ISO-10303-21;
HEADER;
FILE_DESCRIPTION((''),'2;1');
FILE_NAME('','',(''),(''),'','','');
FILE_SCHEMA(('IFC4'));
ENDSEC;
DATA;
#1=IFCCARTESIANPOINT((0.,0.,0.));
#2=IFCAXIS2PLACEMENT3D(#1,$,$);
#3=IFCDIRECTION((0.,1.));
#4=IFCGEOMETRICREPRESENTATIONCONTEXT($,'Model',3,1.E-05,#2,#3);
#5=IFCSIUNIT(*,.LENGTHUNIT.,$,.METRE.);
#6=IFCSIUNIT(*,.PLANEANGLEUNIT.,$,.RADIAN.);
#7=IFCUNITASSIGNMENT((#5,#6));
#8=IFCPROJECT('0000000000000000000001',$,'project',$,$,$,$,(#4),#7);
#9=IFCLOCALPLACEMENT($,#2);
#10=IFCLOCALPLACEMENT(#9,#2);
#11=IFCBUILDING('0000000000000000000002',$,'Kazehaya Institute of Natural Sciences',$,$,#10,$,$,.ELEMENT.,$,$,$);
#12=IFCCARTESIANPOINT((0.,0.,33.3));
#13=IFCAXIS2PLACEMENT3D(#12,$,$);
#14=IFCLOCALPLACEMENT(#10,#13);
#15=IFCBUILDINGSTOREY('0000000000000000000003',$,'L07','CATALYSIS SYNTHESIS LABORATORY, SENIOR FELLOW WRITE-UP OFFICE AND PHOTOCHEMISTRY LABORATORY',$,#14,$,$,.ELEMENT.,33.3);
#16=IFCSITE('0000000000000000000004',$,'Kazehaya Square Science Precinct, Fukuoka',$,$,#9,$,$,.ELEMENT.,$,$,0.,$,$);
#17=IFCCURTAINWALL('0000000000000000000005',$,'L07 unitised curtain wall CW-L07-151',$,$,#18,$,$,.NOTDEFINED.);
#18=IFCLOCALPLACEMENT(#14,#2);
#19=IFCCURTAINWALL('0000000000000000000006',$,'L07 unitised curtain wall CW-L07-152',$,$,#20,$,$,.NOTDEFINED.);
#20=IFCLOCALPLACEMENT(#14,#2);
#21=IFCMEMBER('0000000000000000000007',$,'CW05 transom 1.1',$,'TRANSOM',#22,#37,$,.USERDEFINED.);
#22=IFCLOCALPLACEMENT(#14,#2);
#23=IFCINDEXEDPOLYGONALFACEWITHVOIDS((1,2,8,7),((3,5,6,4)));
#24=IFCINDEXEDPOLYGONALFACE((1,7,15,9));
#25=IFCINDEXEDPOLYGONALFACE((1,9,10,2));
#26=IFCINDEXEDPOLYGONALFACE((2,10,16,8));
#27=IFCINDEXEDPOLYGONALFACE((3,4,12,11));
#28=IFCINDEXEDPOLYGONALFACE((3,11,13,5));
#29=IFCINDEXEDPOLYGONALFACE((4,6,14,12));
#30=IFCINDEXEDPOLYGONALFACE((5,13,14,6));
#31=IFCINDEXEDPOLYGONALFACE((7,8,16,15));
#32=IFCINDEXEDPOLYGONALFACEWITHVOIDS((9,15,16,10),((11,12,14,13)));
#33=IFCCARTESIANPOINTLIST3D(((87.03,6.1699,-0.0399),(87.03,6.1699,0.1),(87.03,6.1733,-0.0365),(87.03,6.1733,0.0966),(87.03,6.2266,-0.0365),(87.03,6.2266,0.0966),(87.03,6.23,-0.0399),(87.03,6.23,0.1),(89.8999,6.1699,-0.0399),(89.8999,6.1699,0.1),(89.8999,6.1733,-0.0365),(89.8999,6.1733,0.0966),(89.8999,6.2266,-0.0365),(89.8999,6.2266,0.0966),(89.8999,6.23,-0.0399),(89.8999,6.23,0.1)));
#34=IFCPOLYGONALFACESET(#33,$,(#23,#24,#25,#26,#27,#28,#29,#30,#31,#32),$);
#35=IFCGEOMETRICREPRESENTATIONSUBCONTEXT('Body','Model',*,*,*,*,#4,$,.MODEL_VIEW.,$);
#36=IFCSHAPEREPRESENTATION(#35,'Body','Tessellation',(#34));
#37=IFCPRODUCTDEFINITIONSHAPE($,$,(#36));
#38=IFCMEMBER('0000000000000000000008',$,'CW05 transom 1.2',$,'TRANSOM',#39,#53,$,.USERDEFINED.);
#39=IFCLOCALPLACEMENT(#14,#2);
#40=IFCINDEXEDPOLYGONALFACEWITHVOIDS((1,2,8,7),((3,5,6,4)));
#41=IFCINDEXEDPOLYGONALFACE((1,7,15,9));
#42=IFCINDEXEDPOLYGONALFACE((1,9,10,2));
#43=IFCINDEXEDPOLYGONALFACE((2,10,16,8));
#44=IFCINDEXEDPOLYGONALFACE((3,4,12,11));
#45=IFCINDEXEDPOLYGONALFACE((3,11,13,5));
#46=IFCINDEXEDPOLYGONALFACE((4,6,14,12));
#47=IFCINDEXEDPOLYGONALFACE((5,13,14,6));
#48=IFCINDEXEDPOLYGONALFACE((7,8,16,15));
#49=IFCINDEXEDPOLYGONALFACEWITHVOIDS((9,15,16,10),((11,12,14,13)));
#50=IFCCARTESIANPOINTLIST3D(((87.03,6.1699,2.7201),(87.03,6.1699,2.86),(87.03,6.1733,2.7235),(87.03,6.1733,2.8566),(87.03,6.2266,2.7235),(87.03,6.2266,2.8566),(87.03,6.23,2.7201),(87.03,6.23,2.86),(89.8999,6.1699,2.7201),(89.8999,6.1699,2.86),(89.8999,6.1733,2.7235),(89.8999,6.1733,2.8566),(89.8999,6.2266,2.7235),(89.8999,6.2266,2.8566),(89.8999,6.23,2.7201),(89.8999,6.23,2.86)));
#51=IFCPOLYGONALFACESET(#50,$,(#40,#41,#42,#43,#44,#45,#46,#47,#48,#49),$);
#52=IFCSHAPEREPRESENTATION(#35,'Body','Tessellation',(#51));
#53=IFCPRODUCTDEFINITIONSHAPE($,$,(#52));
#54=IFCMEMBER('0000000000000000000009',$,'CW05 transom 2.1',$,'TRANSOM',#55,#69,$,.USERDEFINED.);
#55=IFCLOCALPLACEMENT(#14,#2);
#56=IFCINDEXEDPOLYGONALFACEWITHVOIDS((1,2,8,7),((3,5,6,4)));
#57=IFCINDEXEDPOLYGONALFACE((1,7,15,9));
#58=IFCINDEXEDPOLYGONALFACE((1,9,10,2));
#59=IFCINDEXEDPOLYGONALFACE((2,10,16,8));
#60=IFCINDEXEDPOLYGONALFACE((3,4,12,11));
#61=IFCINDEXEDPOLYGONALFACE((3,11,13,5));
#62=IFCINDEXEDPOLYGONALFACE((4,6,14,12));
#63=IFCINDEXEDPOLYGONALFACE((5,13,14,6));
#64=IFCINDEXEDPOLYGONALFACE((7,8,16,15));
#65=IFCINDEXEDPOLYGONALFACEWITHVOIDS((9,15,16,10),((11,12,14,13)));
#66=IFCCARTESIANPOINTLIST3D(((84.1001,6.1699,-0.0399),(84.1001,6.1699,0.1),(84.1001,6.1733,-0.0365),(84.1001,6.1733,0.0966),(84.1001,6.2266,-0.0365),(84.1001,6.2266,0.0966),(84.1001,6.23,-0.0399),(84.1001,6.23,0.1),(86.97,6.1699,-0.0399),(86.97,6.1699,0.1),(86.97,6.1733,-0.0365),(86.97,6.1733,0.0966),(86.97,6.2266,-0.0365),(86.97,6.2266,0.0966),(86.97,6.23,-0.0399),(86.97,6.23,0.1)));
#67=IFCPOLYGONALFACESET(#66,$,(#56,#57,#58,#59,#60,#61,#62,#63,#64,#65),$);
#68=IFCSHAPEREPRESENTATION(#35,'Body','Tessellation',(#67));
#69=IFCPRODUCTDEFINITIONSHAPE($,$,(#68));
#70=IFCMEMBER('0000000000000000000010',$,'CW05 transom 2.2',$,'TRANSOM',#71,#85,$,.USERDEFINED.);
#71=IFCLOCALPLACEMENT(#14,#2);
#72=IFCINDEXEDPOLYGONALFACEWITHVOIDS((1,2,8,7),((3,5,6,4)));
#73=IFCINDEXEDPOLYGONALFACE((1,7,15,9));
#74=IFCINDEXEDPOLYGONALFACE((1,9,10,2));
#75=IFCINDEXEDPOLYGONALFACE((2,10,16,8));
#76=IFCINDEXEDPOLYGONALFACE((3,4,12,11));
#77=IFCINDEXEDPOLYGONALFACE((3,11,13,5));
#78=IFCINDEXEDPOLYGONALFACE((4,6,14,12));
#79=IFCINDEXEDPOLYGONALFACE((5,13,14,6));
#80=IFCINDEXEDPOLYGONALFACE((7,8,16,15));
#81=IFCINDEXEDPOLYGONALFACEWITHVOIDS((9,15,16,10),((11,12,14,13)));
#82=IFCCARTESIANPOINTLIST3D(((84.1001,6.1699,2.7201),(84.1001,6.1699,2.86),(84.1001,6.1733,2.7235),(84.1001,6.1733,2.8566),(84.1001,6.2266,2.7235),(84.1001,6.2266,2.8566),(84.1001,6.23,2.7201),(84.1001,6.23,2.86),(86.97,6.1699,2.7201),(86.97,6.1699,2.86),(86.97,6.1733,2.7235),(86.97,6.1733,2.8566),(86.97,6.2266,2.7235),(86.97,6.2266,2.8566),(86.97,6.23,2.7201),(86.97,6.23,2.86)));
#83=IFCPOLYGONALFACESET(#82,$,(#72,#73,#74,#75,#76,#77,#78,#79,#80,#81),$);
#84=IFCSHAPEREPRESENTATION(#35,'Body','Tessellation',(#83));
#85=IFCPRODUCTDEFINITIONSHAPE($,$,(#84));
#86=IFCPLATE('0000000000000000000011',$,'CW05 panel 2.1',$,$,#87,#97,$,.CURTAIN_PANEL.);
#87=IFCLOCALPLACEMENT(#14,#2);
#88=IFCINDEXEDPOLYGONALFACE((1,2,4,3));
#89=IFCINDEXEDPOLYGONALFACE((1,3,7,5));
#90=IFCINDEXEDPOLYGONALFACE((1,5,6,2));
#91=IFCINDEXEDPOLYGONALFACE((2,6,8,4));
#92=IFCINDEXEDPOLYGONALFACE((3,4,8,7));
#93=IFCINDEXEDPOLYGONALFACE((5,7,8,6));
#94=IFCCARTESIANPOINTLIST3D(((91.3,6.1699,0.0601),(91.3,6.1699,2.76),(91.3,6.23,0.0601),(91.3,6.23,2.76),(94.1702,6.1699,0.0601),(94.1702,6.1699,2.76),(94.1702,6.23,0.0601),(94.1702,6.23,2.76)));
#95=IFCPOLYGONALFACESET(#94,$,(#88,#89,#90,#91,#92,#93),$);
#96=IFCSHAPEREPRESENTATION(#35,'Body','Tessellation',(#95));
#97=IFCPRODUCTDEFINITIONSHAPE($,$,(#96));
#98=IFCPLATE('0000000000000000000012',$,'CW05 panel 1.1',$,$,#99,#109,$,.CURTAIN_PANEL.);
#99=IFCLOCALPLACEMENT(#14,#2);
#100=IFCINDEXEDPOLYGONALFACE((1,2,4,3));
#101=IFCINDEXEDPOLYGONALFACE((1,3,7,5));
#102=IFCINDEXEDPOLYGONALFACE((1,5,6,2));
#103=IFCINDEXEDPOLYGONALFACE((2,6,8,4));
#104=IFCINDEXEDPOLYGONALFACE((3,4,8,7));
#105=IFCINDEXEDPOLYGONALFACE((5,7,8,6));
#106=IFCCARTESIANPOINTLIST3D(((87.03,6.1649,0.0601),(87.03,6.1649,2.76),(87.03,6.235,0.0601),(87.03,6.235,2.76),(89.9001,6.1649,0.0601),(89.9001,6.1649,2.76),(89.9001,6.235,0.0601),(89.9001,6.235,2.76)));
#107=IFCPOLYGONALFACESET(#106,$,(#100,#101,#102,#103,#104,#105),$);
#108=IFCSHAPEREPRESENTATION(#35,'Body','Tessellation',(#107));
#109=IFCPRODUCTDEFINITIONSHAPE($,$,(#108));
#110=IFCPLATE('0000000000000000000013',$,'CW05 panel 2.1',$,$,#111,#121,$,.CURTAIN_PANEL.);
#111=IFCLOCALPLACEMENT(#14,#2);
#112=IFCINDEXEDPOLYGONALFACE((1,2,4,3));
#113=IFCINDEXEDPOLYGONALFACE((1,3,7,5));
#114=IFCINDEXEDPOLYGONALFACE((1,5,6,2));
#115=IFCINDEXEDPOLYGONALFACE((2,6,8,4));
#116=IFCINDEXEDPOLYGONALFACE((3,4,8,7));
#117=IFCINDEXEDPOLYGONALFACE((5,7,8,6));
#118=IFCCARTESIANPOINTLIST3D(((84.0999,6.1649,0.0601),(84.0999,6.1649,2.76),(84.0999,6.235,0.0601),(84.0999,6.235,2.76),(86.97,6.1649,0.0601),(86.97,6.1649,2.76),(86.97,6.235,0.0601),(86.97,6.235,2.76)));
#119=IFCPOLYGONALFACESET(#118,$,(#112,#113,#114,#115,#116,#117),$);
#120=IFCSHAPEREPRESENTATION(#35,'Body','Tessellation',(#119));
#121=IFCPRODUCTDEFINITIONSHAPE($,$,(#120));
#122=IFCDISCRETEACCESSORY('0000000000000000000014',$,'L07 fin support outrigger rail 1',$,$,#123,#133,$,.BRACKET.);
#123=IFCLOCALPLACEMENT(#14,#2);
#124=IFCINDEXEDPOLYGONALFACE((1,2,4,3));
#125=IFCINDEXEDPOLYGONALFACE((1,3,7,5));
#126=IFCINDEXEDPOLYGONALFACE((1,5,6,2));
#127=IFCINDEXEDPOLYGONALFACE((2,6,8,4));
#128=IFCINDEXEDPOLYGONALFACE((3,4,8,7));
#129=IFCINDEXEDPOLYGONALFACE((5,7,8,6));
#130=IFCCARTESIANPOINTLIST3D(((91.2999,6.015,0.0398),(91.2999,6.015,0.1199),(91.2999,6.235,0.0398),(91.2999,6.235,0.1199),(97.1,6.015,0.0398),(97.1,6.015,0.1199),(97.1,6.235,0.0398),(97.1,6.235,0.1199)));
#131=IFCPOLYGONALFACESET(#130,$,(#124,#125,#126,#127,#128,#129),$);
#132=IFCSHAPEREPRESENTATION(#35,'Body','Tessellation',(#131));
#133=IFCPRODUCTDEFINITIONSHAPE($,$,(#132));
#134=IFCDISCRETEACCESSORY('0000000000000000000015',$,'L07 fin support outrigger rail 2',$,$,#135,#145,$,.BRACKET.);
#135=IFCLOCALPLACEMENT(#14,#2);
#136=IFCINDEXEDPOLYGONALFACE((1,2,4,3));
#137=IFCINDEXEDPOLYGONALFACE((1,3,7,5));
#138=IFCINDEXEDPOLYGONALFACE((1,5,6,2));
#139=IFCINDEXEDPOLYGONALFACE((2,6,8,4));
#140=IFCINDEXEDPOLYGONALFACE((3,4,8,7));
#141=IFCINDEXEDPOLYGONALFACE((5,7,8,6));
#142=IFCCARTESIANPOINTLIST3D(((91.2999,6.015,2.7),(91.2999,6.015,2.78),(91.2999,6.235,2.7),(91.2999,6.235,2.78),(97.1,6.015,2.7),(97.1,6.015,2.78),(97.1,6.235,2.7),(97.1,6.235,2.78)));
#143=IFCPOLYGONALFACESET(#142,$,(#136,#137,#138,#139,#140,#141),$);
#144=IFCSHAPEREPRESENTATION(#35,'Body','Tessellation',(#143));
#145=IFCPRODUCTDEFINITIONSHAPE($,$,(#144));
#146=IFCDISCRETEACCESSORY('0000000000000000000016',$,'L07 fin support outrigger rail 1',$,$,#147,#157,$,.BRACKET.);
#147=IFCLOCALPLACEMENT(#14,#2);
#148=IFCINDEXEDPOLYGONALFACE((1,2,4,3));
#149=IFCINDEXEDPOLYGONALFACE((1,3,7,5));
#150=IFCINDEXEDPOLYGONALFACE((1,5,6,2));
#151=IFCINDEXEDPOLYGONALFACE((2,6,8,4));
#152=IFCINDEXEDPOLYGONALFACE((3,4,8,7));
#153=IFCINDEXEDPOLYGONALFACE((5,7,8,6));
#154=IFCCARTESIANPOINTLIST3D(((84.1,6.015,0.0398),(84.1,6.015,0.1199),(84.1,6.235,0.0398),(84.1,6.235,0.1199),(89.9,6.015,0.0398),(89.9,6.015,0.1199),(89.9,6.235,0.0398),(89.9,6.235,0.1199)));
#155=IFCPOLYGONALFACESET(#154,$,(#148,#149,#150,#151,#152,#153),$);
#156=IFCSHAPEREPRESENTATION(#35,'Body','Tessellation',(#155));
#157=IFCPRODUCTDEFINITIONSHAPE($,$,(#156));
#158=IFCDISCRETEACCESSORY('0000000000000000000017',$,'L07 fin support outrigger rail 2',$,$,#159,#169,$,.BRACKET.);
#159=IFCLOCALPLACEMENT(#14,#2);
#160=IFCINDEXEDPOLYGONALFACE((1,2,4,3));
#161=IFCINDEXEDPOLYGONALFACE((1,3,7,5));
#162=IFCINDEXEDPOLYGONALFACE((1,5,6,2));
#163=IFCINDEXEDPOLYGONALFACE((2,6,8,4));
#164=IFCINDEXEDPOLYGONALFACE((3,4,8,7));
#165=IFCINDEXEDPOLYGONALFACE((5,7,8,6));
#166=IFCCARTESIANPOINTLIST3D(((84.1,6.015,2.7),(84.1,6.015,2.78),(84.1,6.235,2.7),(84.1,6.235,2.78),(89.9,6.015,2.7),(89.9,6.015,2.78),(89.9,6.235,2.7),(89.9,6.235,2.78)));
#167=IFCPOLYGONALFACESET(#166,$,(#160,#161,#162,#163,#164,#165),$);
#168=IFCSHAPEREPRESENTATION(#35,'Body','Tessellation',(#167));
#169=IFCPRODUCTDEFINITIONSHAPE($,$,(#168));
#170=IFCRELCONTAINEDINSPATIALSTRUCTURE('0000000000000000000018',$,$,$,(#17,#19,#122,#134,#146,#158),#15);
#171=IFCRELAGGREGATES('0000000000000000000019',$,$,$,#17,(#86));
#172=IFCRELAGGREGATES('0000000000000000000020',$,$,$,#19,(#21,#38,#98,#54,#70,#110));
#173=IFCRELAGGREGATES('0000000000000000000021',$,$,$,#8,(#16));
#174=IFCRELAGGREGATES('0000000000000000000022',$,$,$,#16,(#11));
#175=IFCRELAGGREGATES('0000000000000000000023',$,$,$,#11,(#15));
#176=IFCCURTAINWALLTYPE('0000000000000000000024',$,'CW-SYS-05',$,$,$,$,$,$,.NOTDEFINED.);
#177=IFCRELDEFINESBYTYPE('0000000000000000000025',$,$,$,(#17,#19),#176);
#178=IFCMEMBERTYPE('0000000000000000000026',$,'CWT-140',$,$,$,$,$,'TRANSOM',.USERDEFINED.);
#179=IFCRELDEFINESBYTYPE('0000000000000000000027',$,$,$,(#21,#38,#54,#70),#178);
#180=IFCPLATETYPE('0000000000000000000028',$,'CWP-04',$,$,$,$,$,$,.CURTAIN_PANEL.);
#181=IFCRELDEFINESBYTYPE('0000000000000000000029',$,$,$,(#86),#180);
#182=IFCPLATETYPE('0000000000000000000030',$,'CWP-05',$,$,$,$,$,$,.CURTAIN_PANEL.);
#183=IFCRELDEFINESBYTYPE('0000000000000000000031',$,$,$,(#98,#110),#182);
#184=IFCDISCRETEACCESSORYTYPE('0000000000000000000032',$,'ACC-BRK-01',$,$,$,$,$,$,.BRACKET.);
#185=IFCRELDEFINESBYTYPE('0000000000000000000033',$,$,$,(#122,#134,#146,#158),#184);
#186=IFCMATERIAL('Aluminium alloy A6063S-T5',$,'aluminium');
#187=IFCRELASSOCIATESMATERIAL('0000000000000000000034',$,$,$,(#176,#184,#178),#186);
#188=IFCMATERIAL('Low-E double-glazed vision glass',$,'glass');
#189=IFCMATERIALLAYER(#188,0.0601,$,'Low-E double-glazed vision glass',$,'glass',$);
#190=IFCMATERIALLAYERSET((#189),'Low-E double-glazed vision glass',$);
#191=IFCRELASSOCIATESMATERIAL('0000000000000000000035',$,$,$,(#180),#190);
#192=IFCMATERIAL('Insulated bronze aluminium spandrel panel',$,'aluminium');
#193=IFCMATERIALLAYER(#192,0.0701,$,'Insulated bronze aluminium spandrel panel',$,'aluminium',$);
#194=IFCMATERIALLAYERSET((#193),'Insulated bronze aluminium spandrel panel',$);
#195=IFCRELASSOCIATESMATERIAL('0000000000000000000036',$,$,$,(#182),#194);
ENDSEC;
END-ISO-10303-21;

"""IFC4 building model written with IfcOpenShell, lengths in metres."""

from ifc_helpers import new_model, si_unit, direction, frame, origin, origin_2d, place, context, subcontext, project, spatial, rectangle, hollow_rectangle, extrude, material, layer, layer_set, material_profile, profile_set, type_object, element, aggregate, save


model = new_model("IFC4")

# Units and contexts
model_context = context("Model", 3, precision=1e-05, world=origin(), true_north=direction((0.0, 1.0)))
body_context = subcontext(model_context, "Body", "Model", "MODEL_VIEW")
ifc_project = project(units=[si_unit("LENGTHUNIT", "METRE"), si_unit("PLANEANGLEUNIT", "RADIAN")], contexts=[model_context])

# Site, building, storey
site_placement = place(None, origin())
site = spatial("IfcSite", under=ifc_project, at=site_placement, Name="Kazehaya Square Science Precinct, Fukuoka", CompositionType="ELEMENT", RefElevation=0.0)
building_placement = place(site_placement, origin())
building = spatial("IfcBuilding", under=site, at=building_placement, Name="Kazehaya Institute of Natural Sciences", CompositionType="ELEMENT")
storey_placement = place(building_placement, frame((0.0, 0.0, 33.3)))
storey = spatial("IfcBuildingStorey", under=building, at=storey_placement, Name="L07", Description="CATALYSIS SYNTHESIS LABORATORY, SENIOR FELLOW WRITE-UP OFFICE AND PHOTOCHEMISTRY LABORATORY", CompositionType="ELEMENT", Elevation=33.3)

# Curtain walls
ifc_material_1 = material(Name="Aluminium alloy A6063S-T5", Category="aluminium")
curtain_wall_type = type_object("IfcCurtainWallType", Name="CW-SYS-05", PredefinedType="NOTDEFINED", material=ifc_material_1)
curtain_wall_1_placement = place(storey_placement, origin())
curtain_wall_1 = element("IfcCurtainWall", 1, at=curtain_wall_1_placement, inside=storey, type_object=curtain_wall_type, Name="L07 unitised curtain wall CW-L07-151", PredefinedType="NOTDEFINED")
curtain_wall_2_placement = place(storey_placement, origin())
curtain_wall_2 = element("IfcCurtainWall", 2, at=curtain_wall_2_placement, inside=storey, type_object=curtain_wall_type, Name="L07 unitised curtain wall CW-L07-152", PredefinedType="NOTDEFINED")

# Members
ifc_material_profile_1 = material_profile(ifc_material_1, hollow_rectangle(XDim=0.0601, YDim=0.1399, WallThickness=0.0034, at=origin_2d()), Name="ALU-60x140x3.5")
ifc_profile_set_1 = profile_set([ifc_material_profile_1], Name="Aluminium alloy A6063S-T5")
member_type_1 = type_object("IfcMemberType", Name="CWT-140", ElementType="TRANSOM", PredefinedType="USERDEFINED", material=ifc_profile_set_1)
member_1_placement = place(storey_placement, frame((89.8999, 6.2, 0.03), z_axis=(-1.0, 0.0, 0.0), x_axis=(0.0, -1.0, 0.0)))
member_1 = element("IfcMember", 3, at=member_1_placement, type_object=member_type_1, Name="CW05 transom 1.1", ObjectType="TRANSOM", PredefinedType="USERDEFINED", context=body_context, shape_type="SweptSolid", body=[
    extrude(hollow_rectangle(XDim=0.0601, YDim=0.1399, WallThickness=0.0034, at=origin_2d()), origin(), (0.0, 0.0, 1.0), 2.8699),
])
member_2_placement = place(storey_placement, frame((89.8999, 6.2, 2.79), z_axis=(-1.0, 0.0, 0.0), x_axis=(0.0, -1.0, 0.0)))
member_2 = element("IfcMember", 4, at=member_2_placement, type_object=member_type_1, Name="CW05 transom 1.2", ObjectType="TRANSOM", PredefinedType="USERDEFINED", context=body_context, shape_type="SweptSolid", body=[
    extrude(hollow_rectangle(XDim=0.0601, YDim=0.1399, WallThickness=0.0034, at=origin_2d()), origin(), (0.0, 0.0, 1.0), 2.8699),
])
member_3_placement = place(storey_placement, frame((86.97, 6.2, 0.03), z_axis=(-1.0, 0.0, 0.0), x_axis=(0.0, -1.0, 0.0)))
member_3 = element("IfcMember", 5, at=member_3_placement, type_object=member_type_1, Name="CW05 transom 2.1", ObjectType="TRANSOM", PredefinedType="USERDEFINED", context=body_context, shape_type="SweptSolid", body=[
    extrude(hollow_rectangle(XDim=0.0601, YDim=0.1399, WallThickness=0.0034, at=origin_2d()), origin(), (0.0, 0.0, 1.0), 2.8699),
])
member_4_placement = place(storey_placement, frame((86.97, 6.2, 2.79), z_axis=(-1.0, 0.0, 0.0), x_axis=(0.0, -1.0, 0.0)))
member_4 = element("IfcMember", 6, at=member_4_placement, type_object=member_type_1, Name="CW05 transom 2.2", ObjectType="TRANSOM", PredefinedType="USERDEFINED", context=body_context, shape_type="SweptSolid", body=[
    extrude(hollow_rectangle(XDim=0.0601, YDim=0.1399, WallThickness=0.0034, at=origin_2d()), origin(), (0.0, 0.0, 1.0), 2.8699),
])

# Plates
ifc_material_2 = material(Name="Low-E double-glazed vision glass", Category="glass")
ifc_layer_1 = layer(ifc_material_2, 0.0601, Name="Low-E double-glazed vision glass", Category="glass")
ifc_layer_set_1 = layer_set([ifc_layer_1], Name="Low-E double-glazed vision glass")
plate_type_1 = type_object("IfcPlateType", Name="CWP-04", PredefinedType="CURTAIN_PANEL", material=ifc_layer_set_1)
plate_1_placement = place(storey_placement, frame((92.7351, 6.2, 0.0601), z_axis=(0.0, 0.0, 1.0), x_axis=(-1.0, 0.0, 0.0)))
plate_1 = element("IfcPlate", 7, at=plate_1_placement, type_object=plate_type_1, Name="CW05 panel 2.1", PredefinedType="CURTAIN_PANEL", context=body_context, shape_type="SweptSolid", body=[
    extrude(rectangle(XDim=2.8701, YDim=0.0601, at=origin_2d()), origin(), (0.0, 0.0, 1.0), 2.7),
])
aggregate(curtain_wall_1, [plate_1])
ifc_material_3 = material(Name="Insulated bronze aluminium spandrel panel", Category="aluminium")
ifc_layer_2 = layer(ifc_material_3, 0.0701, Name="Insulated bronze aluminium spandrel panel", Category="aluminium")
ifc_layer_set_2 = layer_set([ifc_layer_2], Name="Insulated bronze aluminium spandrel panel")
plate_type_2 = type_object("IfcPlateType", Name="CWP-05", PredefinedType="CURTAIN_PANEL", material=ifc_layer_set_2)
plate_2_placement = place(storey_placement, frame((88.4651, 6.2, 0.0601), z_axis=(0.0, 0.0, 1.0), x_axis=(-1.0, 0.0, 0.0)))
plate_2 = element("IfcPlate", 8, at=plate_2_placement, type_object=plate_type_2, Name="CW05 panel 1.1", PredefinedType="CURTAIN_PANEL", context=body_context, shape_type="SweptSolid", body=[
    extrude(rectangle(XDim=2.8701, YDim=0.0701, at=origin_2d()), origin(), (0.0, 0.0, 1.0), 2.7),
])
plate_3_placement = place(storey_placement, frame((85.5349, 6.2, 0.0601), z_axis=(0.0, 0.0, 1.0), x_axis=(-1.0, 0.0, 0.0)))
plate_3 = element("IfcPlate", 9, at=plate_3_placement, type_object=plate_type_2, Name="CW05 panel 2.1", PredefinedType="CURTAIN_PANEL", context=body_context, shape_type="SweptSolid", body=[
    extrude(rectangle(XDim=2.8701, YDim=0.0701, at=origin_2d()), origin(), (0.0, 0.0, 1.0), 2.7),
])
aggregate(curtain_wall_2, [member_1, member_2, plate_2, member_3, member_4, plate_3])

# Discrete accessories
discrete_accessory_type = type_object("IfcDiscreteAccessoryType", Name="ACC-BRK-01", PredefinedType="BRACKET", material=ifc_material_1)
for number, where, z_axis, x_axis, name in (
    (10, (94.2, 6.125, 0.0398), (0.0, 0.0, 1.0), (-1.0, 0.0, 0.0), "L07 fin support outrigger rail 1"),
    (11, (94.2, 6.125, 2.7), (0.0, 0.0, 1.0), (-1.0, 0.0, 0.0), "L07 fin support outrigger rail 2"),
    (12, (87.0, 6.125, 0.0398), (0.0, 0.0, 1.0), (-1.0, 0.0, 0.0), "L07 fin support outrigger rail 1"),
    (13, (87.0, 6.125, 2.7), (0.0, 0.0, 1.0), (-1.0, 0.0, 0.0), "L07 fin support outrigger rail 2"),
):
    element("IfcDiscreteAccessory", number, at=place(storey_placement, frame(where, z_axis=z_axis, x_axis=x_axis)), inside=storey, type_object=discrete_accessory_type, Name=name, PredefinedType="BRACKET", context=body_context, shape_type="SweptSolid", body=[
        extrude(rectangle(XDim=5.8, YDim=0.22, at=origin_2d()), origin(), (0.0, 0.0, 1.0), 0.0801),
    ])

save(model, "model.ifc")
